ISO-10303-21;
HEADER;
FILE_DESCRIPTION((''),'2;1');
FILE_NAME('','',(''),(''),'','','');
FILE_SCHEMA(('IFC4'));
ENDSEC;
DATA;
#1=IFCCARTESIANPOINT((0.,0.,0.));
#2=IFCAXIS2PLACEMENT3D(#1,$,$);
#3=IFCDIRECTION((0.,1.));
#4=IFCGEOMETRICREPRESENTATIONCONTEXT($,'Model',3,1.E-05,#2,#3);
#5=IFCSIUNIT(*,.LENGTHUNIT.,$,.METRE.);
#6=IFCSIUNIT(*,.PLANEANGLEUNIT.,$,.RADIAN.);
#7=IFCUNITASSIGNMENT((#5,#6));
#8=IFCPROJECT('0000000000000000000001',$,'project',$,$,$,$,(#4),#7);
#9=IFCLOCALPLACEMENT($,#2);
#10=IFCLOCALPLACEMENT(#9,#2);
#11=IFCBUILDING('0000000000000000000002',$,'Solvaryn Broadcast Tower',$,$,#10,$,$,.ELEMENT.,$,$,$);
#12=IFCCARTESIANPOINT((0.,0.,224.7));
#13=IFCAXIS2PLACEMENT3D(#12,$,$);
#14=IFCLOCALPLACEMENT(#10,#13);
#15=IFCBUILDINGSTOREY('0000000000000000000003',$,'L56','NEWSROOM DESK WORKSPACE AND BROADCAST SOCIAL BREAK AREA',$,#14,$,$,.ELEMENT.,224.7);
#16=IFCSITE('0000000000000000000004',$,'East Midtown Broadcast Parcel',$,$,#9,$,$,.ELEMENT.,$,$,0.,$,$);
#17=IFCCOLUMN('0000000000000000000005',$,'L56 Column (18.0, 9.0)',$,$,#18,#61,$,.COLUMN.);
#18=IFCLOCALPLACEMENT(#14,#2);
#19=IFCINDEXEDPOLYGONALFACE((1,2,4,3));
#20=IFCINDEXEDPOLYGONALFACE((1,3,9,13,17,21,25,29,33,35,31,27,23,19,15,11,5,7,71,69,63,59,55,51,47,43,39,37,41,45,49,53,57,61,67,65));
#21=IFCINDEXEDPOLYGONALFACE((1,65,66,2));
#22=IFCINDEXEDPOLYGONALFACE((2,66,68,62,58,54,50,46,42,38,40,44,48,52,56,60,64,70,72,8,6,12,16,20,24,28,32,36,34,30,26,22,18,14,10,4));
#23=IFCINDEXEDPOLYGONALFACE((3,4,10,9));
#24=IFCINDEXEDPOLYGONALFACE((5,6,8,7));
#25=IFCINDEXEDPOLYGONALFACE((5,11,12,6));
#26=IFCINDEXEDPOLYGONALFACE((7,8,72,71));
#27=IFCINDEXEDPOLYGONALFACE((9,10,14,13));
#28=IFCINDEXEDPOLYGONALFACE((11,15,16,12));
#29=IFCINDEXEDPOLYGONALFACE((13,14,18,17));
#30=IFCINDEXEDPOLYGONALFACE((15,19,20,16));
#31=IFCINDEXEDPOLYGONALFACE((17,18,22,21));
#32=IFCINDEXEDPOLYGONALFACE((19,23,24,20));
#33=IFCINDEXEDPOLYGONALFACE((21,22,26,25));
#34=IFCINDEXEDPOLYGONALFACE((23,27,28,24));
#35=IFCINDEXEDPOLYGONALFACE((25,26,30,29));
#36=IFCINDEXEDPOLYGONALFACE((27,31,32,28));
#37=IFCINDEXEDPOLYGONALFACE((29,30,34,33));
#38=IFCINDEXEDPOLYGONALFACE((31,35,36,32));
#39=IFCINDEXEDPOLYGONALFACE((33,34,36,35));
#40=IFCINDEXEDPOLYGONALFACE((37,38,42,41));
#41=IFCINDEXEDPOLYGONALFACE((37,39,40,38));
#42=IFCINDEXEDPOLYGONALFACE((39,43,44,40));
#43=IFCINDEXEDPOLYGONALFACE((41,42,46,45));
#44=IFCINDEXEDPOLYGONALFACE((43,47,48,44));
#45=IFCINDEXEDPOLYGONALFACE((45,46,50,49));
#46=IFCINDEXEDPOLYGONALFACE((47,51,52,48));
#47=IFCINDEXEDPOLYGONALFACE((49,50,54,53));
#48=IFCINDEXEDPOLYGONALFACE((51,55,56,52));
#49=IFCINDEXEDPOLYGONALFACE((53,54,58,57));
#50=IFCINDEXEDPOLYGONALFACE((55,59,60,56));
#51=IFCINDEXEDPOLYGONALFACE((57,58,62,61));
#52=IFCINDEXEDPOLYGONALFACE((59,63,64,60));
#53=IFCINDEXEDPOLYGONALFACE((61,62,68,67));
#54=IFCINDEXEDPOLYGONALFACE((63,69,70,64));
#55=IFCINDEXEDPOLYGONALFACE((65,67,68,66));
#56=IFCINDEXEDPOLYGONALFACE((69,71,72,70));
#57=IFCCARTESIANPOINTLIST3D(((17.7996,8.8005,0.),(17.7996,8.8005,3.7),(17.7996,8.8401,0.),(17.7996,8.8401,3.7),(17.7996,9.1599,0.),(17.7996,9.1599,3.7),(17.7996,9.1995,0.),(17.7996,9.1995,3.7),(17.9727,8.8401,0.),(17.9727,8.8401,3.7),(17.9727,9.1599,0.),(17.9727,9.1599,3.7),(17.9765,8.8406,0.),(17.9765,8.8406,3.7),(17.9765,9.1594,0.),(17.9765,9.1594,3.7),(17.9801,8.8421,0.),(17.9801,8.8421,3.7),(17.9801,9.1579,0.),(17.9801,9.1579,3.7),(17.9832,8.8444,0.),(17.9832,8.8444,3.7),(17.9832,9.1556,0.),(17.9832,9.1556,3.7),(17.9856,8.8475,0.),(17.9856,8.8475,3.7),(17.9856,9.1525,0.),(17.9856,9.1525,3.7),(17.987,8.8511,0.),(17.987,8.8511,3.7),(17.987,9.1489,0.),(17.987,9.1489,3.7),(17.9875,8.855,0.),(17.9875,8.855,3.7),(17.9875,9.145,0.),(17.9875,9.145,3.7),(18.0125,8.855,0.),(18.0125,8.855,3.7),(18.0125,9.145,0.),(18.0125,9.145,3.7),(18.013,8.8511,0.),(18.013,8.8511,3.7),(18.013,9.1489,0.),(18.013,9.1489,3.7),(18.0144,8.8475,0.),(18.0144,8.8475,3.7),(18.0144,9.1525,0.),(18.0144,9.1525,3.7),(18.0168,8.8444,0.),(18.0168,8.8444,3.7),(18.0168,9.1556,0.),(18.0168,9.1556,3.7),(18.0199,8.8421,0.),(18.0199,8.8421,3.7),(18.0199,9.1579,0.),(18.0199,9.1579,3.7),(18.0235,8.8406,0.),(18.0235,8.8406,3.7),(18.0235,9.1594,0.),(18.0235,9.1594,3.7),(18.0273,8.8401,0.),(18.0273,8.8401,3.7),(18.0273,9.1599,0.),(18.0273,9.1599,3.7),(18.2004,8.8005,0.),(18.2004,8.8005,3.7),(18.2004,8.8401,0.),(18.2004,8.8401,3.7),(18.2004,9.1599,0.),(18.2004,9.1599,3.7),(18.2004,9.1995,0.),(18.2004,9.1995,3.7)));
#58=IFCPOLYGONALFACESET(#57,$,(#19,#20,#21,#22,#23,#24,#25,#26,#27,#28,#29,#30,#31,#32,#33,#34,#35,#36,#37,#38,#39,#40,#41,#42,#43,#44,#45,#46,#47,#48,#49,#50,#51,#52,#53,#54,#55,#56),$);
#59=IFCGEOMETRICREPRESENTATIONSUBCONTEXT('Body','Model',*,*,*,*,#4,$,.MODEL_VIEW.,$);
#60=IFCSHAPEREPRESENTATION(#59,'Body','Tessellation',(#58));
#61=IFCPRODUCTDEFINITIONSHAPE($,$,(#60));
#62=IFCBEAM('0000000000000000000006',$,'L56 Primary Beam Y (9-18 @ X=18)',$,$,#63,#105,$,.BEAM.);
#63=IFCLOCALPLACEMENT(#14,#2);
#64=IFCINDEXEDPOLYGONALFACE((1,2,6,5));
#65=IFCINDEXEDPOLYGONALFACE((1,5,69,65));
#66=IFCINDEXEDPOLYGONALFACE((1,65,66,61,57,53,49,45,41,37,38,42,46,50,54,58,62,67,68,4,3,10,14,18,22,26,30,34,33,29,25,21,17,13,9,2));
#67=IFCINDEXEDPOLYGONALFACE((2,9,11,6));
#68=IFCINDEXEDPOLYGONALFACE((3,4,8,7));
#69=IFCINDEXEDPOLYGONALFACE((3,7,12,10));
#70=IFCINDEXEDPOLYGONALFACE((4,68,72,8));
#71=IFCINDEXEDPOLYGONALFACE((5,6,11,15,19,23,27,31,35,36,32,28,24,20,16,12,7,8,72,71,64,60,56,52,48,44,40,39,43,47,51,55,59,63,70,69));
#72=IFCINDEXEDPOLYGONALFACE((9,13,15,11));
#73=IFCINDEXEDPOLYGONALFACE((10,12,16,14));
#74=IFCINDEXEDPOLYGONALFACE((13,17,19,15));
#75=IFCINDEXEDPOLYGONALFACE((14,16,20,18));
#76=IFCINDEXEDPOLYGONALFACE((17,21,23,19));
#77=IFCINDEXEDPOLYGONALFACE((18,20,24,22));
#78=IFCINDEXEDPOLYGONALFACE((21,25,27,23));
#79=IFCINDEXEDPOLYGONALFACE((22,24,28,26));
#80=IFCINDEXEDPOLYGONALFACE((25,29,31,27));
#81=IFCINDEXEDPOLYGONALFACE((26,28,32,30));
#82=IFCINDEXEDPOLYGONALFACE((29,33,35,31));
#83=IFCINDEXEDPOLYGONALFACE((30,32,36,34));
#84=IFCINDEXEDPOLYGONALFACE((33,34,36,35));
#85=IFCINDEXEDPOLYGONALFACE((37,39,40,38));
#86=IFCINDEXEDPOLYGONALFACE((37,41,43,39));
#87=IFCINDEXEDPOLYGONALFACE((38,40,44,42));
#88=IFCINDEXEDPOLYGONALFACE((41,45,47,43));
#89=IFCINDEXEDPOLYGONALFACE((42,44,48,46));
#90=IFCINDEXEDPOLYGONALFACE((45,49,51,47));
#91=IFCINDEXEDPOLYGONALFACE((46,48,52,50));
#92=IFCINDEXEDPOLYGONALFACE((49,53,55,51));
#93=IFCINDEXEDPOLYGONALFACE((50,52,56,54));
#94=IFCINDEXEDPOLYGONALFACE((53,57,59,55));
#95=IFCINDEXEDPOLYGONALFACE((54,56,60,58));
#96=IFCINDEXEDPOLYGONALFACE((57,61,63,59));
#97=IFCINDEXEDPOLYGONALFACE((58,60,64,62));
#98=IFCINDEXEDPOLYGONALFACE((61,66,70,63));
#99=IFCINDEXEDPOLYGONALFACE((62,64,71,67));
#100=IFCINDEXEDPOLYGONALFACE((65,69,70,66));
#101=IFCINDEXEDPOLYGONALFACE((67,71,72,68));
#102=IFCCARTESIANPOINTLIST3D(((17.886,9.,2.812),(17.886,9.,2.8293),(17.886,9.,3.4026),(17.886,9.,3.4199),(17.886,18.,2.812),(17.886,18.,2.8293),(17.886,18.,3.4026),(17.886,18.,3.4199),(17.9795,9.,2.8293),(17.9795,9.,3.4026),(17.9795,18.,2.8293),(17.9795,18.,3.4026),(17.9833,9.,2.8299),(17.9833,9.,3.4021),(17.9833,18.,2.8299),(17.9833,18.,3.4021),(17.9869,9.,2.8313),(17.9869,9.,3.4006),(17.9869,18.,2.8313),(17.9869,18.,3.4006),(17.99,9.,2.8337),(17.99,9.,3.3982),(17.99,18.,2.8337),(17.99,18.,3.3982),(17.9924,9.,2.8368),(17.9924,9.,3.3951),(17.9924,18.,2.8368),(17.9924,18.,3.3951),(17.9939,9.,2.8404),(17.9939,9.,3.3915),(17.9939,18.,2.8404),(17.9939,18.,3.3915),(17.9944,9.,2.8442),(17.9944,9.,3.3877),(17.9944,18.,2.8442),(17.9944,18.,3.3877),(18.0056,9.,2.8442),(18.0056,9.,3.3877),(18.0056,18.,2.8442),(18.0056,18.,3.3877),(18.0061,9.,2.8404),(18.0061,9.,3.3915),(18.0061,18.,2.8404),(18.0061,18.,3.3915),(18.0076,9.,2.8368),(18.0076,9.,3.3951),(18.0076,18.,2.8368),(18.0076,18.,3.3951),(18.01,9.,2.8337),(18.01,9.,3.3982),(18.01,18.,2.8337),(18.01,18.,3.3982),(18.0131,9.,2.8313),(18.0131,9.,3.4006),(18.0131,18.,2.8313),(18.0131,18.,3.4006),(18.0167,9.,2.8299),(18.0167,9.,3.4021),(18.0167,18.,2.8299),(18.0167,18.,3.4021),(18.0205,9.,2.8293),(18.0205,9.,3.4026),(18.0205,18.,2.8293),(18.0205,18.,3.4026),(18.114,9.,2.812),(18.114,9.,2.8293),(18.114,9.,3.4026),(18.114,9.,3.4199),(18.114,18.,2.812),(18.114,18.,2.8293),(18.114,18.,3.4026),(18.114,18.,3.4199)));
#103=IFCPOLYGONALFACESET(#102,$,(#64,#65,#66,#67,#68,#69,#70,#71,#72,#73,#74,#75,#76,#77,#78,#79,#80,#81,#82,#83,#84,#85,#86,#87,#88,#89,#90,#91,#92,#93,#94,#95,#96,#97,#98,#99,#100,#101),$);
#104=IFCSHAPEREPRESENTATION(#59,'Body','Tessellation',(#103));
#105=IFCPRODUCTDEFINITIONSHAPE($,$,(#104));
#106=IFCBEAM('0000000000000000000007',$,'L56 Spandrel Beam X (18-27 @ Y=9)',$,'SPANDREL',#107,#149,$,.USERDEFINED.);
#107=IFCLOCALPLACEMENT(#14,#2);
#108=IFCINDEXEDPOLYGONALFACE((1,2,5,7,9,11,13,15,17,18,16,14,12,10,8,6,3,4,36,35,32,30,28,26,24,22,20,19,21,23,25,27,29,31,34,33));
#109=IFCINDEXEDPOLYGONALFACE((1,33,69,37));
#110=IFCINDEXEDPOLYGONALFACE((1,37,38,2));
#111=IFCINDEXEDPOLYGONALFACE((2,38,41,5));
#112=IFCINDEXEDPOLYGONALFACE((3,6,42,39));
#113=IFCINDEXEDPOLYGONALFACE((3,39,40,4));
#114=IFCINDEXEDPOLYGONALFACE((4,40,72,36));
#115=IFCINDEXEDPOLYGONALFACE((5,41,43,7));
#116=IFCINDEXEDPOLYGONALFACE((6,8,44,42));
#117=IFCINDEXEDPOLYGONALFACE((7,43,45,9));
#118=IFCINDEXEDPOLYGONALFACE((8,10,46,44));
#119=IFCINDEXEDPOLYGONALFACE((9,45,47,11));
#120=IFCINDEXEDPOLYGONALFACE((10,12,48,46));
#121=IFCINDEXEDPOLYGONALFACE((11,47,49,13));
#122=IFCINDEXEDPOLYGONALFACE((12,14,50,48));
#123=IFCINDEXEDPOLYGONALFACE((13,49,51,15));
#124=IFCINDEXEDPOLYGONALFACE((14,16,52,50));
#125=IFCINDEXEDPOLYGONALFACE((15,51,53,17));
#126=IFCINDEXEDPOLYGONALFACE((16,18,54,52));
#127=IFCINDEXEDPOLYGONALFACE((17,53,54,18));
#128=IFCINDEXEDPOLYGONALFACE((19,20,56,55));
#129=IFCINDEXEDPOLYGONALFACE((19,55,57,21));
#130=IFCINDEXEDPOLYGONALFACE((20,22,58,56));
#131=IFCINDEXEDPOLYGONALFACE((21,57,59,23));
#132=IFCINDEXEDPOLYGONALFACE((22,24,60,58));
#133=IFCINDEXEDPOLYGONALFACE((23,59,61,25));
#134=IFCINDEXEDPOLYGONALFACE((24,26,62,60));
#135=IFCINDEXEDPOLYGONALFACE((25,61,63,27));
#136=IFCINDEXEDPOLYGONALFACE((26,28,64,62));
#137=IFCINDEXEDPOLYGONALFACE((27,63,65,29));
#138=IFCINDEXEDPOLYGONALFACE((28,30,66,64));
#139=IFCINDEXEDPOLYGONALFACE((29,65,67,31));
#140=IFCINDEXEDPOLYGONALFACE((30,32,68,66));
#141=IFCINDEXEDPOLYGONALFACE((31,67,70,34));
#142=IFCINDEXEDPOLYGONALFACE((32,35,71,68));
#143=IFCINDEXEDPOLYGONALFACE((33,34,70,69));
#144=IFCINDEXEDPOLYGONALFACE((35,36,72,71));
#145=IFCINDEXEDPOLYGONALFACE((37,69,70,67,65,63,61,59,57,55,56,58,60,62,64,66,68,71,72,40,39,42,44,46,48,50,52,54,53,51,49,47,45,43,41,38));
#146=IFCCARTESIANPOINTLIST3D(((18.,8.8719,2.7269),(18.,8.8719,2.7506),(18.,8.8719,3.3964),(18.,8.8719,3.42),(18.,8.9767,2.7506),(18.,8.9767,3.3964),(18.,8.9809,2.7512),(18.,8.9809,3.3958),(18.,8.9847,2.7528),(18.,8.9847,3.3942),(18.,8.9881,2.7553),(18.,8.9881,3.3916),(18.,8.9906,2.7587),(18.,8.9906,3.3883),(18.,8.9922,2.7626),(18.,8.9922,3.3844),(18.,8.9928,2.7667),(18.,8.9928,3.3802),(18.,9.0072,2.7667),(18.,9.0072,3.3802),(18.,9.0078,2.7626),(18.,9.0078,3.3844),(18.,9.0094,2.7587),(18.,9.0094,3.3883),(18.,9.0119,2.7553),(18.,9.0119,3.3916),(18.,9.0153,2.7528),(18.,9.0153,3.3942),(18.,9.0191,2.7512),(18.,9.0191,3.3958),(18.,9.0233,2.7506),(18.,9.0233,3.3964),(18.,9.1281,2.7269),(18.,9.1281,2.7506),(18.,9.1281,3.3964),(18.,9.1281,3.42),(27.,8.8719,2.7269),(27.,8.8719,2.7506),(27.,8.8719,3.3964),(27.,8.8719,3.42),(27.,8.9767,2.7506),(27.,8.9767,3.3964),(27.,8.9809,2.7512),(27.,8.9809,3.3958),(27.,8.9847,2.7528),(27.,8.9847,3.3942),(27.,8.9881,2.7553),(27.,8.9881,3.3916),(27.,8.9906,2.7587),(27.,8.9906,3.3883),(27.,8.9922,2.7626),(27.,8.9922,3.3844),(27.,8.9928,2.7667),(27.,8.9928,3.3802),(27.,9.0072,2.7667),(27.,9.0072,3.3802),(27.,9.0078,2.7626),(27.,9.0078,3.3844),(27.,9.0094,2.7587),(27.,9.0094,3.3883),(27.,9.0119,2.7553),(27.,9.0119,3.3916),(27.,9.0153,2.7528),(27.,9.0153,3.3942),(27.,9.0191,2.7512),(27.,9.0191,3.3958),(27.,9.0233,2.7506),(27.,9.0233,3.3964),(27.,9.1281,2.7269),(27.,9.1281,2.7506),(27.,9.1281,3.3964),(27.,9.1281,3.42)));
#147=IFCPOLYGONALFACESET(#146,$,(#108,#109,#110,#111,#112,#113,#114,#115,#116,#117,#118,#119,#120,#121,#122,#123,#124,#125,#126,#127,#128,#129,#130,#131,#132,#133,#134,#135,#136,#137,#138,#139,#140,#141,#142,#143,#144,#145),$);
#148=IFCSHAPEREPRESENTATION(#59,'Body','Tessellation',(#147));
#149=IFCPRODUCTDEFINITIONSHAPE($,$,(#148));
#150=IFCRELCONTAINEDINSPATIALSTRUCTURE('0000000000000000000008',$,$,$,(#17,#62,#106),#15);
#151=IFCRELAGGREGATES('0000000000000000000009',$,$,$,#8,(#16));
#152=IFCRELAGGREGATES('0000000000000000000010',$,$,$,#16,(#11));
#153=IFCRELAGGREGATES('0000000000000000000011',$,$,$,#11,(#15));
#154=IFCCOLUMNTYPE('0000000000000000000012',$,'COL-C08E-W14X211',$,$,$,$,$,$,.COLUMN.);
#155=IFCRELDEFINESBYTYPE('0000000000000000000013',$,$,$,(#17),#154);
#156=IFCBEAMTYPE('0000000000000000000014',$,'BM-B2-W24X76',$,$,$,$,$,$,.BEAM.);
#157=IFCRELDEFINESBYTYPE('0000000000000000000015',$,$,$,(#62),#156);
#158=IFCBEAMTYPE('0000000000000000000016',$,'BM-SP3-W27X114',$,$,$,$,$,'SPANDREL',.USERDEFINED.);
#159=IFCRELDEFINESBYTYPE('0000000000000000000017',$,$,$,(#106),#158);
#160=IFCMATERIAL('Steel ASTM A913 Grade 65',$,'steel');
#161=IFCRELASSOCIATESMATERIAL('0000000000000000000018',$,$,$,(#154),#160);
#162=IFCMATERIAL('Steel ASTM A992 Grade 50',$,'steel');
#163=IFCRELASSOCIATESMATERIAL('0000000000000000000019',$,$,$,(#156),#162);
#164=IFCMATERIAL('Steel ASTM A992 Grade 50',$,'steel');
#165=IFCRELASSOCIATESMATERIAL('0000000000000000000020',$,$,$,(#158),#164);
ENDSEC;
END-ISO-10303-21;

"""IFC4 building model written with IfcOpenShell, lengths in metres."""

from ifc_helpers import new_model, si_unit, direction, frame, origin, origin_2d, place, context, subcontext, project, spatial, i_section, extrude, material, material_profile, profile_set, type_object, element, save


model = new_model("IFC4")

# Units and contexts
model_context = context("Model", 3, precision=1e-05, world=origin(), true_north=direction((0.0, 1.0)))
body_context = subcontext(model_context, "Body", "Model", "MODEL_VIEW")
ifc_project = project(units=[si_unit("LENGTHUNIT", "METRE"), si_unit("PLANEANGLEUNIT", "RADIAN")], contexts=[model_context])

# Site, building, storey
site_placement = place(None, origin())
site = spatial("IfcSite", under=ifc_project, at=site_placement, Name="East Midtown Broadcast Parcel", CompositionType="ELEMENT", RefElevation=0.0)
building_placement = place(site_placement, origin())
building = spatial("IfcBuilding", under=site, at=building_placement, Name="Solvaryn Broadcast Tower", CompositionType="ELEMENT")
storey_placement = place(building_placement, frame((0.0, 0.0, 224.7)))
storey = spatial("IfcBuildingStorey", under=building, at=storey_placement, Name="L56", Description="NEWSROOM DESK WORKSPACE AND BROADCAST SOCIAL BREAK AREA", CompositionType="ELEMENT", Elevation=224.7)

# Column
ifc_material_1 = material(Name="Steel ASTM A913 Grade 65", Category="steel")
ifc_material_profile_1 = material_profile(ifc_material_1, i_section(OverallWidth=0.4009, OverallDepth=0.3989, WebThickness=0.0249, FlangeThickness=0.0396, FilletRadius=0.0149, at=origin_2d()))
ifc_profile_set_1 = profile_set([ifc_material_profile_1], Name="Steel ASTM A913 Grade 65")
column_type = type_object("IfcColumnType", Name="COL-C08E-W14X211", PredefinedType="COLUMN", material=ifc_profile_set_1)
column_placement = place(storey_placement, frame((18.0, 9.0, 0.0), z_axis=(0.0, 0.0, 1.0), x_axis=(1.0, 0.0, 0.0)))
element("IfcColumn", 1, at=column_placement, inside=storey, type_object=column_type, Name="L56 Column (18.0, 9.0)", PredefinedType="COLUMN", context=body_context, shape_type="SweptSolid", body=[
    extrude(i_section(OverallWidth=0.4009, OverallDepth=0.3989, WebThickness=0.0249, FlangeThickness=0.0396, FilletRadius=0.0149, at=origin_2d()), origin(), (0.0, 0.0, 1.0), 3.7),
])

# Beams
ifc_material_2 = material(Name="Steel ASTM A992 Grade 50", Category="steel")
ifc_material_profile_2 = material_profile(ifc_material_2, i_section(OverallWidth=0.228, OverallDepth=0.6079, WebThickness=0.0112, FlangeThickness=0.0173, FilletRadius=0.0149, at=origin_2d()))
ifc_profile_set_2 = profile_set([ifc_material_profile_2], Name="Steel ASTM A992 Grade 50")
beam_type_1 = type_object("IfcBeamType", Name="BM-B2-W24X76", PredefinedType="BEAM", material=ifc_profile_set_2)
beam_1_placement = place(storey_placement, frame((18.0, 9.0, 3.116), z_axis=(0.0, 1.0, 0.0), x_axis=(-1.0, 0.0, 0.0)))
element("IfcBeam", 2, at=beam_1_placement, inside=storey, type_object=beam_type_1, Name="L56 Primary Beam Y (9-18 @ X=18)", PredefinedType="BEAM", context=body_context, shape_type="SweptSolid", body=[
    extrude(i_section(OverallWidth=0.228, OverallDepth=0.6079, WebThickness=0.0112, FlangeThickness=0.0173, FilletRadius=0.0149, at=origin_2d()), origin(), (0.0, 0.0, 1.0), 9.0),
])
ifc_material_3 = material(Name="Steel ASTM A992 Grade 50", Category="steel")
ifc_material_profile_3 = material_profile(ifc_material_3, i_section(OverallWidth=0.2561, OverallDepth=0.6931, WebThickness=0.0144, FlangeThickness=0.0237, FilletRadius=0.0161, at=origin_2d()))
ifc_profile_set_3 = profile_set([ifc_material_profile_3], Name="Steel ASTM A992 Grade 50")
beam_type_2 = type_object("IfcBeamType", Name="BM-SP3-W27X114", ElementType="SPANDREL", PredefinedType="USERDEFINED", material=ifc_profile_set_3)
beam_2_placement = place(storey_placement, frame((18.0, 9.0, 3.0735), z_axis=(1.0, 0.0, 0.0), x_axis=(0.0, 1.0, 0.0)))
element("IfcBeam", 3, at=beam_2_placement, inside=storey, type_object=beam_type_2, Name="L56 Spandrel Beam X (18-27 @ Y=9)", ObjectType="SPANDREL", PredefinedType="USERDEFINED", context=body_context, shape_type="SweptSolid", body=[
    extrude(i_section(OverallWidth=0.2561, OverallDepth=0.6931, WebThickness=0.0144, FlangeThickness=0.0237, FilletRadius=0.0161, at=origin_2d()), origin(), (0.0, 0.0, 1.0), 9.0),
])

save(model, "model.ifc")
